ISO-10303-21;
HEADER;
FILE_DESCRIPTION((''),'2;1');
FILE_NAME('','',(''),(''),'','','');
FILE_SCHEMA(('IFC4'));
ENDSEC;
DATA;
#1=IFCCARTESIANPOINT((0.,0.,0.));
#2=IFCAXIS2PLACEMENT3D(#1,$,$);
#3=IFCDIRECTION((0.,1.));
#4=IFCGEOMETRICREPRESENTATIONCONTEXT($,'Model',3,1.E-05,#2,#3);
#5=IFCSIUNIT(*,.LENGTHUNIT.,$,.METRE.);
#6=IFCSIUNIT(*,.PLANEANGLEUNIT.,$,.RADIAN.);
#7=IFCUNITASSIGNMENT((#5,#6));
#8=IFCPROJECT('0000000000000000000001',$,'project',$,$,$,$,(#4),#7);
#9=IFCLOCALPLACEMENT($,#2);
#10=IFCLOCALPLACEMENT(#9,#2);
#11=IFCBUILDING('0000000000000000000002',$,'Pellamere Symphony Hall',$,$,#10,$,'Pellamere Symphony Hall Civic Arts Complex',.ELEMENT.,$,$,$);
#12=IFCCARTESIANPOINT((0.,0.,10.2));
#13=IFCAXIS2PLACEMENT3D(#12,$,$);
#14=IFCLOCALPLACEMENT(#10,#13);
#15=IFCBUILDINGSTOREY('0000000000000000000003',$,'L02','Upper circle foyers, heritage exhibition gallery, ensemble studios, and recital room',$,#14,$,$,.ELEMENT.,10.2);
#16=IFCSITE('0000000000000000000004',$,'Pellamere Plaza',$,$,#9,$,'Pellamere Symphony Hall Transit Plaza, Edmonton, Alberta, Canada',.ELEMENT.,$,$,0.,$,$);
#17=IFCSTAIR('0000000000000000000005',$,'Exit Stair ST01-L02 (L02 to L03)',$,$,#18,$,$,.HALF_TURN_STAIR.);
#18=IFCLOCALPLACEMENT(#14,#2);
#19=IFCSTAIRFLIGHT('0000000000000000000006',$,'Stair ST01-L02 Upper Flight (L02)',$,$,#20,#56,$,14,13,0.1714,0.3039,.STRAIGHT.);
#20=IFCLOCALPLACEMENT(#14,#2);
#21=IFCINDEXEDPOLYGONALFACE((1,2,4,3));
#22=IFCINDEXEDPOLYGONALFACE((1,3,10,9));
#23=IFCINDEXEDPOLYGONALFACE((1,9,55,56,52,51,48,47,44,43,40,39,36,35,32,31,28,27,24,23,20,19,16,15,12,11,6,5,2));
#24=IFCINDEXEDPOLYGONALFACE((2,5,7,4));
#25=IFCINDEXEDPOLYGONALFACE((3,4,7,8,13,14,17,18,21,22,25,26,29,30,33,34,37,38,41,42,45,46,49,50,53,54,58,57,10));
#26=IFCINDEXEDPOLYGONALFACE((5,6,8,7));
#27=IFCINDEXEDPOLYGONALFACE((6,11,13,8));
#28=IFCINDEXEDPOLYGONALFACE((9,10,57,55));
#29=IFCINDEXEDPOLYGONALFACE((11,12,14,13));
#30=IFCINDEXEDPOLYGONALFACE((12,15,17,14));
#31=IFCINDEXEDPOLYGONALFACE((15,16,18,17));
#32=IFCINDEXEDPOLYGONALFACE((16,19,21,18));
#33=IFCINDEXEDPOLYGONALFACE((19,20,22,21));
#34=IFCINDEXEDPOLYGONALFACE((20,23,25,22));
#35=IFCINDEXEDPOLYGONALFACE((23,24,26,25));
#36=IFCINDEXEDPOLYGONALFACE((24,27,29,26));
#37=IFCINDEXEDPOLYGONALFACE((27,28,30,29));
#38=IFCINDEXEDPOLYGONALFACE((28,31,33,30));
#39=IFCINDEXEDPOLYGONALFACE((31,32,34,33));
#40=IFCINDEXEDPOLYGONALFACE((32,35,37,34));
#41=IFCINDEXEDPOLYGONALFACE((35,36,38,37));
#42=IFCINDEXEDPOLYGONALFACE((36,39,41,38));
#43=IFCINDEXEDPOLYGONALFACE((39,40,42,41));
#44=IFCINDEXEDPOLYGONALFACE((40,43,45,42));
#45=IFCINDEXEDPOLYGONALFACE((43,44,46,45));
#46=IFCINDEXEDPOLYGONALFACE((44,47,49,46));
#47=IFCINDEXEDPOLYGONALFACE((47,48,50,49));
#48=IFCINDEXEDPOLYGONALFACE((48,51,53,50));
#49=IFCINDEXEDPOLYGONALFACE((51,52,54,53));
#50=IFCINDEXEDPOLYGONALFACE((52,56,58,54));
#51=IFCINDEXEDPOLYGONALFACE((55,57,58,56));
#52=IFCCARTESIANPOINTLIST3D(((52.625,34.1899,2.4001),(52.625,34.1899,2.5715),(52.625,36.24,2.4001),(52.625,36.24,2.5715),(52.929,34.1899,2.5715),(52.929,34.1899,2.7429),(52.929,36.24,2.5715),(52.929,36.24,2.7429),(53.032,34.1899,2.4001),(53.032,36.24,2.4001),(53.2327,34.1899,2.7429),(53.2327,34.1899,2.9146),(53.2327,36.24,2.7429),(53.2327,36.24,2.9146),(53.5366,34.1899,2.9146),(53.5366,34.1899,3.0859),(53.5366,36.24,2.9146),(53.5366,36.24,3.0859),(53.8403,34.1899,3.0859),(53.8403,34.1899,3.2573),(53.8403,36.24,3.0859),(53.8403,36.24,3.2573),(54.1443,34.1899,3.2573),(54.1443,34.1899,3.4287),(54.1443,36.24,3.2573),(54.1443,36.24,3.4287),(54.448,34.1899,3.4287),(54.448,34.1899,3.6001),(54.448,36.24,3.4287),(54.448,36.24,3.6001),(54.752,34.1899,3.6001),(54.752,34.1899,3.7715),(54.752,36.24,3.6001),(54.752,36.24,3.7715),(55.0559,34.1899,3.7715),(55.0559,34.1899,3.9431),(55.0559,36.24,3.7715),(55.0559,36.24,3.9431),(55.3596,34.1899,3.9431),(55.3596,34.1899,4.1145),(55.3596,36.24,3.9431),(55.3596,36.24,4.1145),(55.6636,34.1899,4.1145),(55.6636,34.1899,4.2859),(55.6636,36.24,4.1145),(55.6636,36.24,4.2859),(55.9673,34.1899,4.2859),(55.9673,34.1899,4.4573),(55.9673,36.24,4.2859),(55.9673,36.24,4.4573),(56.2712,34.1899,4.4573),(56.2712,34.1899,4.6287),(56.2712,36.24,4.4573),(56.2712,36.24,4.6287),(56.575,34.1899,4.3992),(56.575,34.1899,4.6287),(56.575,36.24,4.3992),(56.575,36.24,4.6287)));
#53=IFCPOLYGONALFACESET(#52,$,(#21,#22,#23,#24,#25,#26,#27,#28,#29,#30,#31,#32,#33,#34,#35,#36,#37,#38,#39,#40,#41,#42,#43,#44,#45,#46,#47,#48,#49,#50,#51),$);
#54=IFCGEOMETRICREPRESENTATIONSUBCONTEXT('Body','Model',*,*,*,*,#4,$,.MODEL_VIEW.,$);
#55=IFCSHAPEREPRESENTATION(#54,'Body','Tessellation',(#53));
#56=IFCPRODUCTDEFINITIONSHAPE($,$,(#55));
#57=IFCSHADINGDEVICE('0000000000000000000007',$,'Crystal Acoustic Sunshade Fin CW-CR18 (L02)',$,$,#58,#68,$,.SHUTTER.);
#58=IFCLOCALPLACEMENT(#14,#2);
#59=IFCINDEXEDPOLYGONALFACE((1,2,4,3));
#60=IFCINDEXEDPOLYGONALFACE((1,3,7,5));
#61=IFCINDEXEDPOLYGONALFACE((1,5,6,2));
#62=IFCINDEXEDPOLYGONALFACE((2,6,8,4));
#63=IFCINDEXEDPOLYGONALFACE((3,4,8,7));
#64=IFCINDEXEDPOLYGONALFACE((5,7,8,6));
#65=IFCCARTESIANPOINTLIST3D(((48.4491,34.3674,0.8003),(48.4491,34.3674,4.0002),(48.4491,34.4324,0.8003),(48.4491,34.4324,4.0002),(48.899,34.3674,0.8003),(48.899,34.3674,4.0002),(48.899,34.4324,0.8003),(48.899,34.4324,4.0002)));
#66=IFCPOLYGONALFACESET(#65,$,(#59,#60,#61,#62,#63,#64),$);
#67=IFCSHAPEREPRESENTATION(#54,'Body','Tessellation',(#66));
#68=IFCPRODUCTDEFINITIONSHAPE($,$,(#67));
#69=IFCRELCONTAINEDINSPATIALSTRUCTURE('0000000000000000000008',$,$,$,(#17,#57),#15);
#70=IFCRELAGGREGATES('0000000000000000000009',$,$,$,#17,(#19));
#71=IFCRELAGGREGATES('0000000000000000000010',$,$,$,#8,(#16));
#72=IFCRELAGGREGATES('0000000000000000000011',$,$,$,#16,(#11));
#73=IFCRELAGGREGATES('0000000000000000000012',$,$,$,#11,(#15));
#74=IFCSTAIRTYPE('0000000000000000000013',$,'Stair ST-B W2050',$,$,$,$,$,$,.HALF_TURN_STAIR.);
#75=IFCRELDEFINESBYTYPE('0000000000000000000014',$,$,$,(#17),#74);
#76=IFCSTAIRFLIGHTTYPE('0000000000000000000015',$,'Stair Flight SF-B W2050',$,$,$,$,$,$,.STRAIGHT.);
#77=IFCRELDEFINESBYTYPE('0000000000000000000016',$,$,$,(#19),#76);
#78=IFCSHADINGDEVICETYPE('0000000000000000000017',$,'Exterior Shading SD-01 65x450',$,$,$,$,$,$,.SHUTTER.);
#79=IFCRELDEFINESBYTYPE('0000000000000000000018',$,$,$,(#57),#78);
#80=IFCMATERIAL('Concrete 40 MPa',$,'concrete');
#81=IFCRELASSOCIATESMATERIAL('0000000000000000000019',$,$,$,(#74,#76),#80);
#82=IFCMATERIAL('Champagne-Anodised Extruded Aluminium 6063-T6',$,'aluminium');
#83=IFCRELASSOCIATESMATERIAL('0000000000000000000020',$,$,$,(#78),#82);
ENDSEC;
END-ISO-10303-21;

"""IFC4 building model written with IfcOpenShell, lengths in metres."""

from ifc_helpers import new_model, si_unit, direction, frame, origin, origin_2d, place, context, subcontext, project, spatial, polyline, rectangle, outline, extrude, material, type_object, element, aggregate, save


model = new_model("IFC4")

# Units and contexts
model_context = context("Model", 3, precision=1e-05, world=origin(), true_north=direction((0.0, 1.0)))
body_context = subcontext(model_context, "Body", "Model", "MODEL_VIEW")
ifc_project = project(units=[si_unit("LENGTHUNIT", "METRE"), si_unit("PLANEANGLEUNIT", "RADIAN")], contexts=[model_context])

# Site, building, storey
site_placement = place(None, origin())
site = spatial("IfcSite", under=ifc_project, at=site_placement, Name="Pellamere Plaza", LongName="Pellamere Symphony Hall Transit Plaza, Edmonton, Alberta, Canada", CompositionType="ELEMENT", RefElevation=0.0)
building_placement = place(site_placement, origin())
building = spatial("IfcBuilding", under=site, at=building_placement, Name="Pellamere Symphony Hall", LongName="Pellamere Symphony Hall Civic Arts Complex", CompositionType="ELEMENT")
storey_placement = place(building_placement, frame((0.0, 0.0, 10.2)))
storey = spatial("IfcBuildingStorey", under=building, at=storey_placement, Name="L02", Description="Upper circle foyers, heritage exhibition gallery, ensemble studios, and recital room", CompositionType="ELEMENT", Elevation=10.2)

# Shared definitions
ifc_material_1 = material(Name="Concrete 40 MPa", Category="concrete")

# Stair, stair flight
stair_type = type_object("IfcStairType", Name="Stair ST-B W2050", PredefinedType="HALF_TURN_STAIR", material=ifc_material_1)
stair_placement = place(storey_placement, origin())
stair = element("IfcStair", 1, at=stair_placement, inside=storey, type_object=stair_type, Name="Exit Stair ST01-L02 (L02 to L03)", PredefinedType="HALF_TURN_STAIR")
stair_flight_type = type_object("IfcStairFlightType", Name="Stair Flight SF-B W2050", PredefinedType="STRAIGHT", material=ifc_material_1)
stair_flight_placement = place(storey_placement, frame((52.625, 35.2151, 2.4001), z_axis=(0.0, 0.0, 1.0), x_axis=(1.0, 0.0, 0.0)))
stair_flight = element("IfcStairFlight", 2, at=stair_flight_placement, type_object=stair_flight_type, Name="Stair ST01-L02 Upper Flight (L02)", NumberOfRisers=14, NumberOfTreads=13, PredefinedType="STRAIGHT", RiserHeight=0.1714, TreadLength=0.3039, context=body_context, shape_type="SweptSolid", body=[
    extrude(outline(polyline([(0.0, 0.0), (0.0, 0.1714), (0.304, 0.1714), (0.304, 0.3428), (0.6077, 0.3428), (0.6077, 0.5144), (0.9116, 0.5144), (0.9116, 0.6858), (1.2153, 0.6858), (1.2153, 0.8572), (1.5193, 0.8572), (1.5193, 1.0286), (1.823, 1.0286), (1.823, 1.2), (2.127, 1.2), (2.127, 1.3713), (2.4309, 1.3713), (2.4309, 1.543), (2.7346, 1.543), (2.7346, 1.7144), (3.0386, 1.7144), (3.0386, 1.8857), (3.3423, 1.8857), (3.3423, 2.0571), (3.6462, 2.0571), (3.6462, 2.2285), (3.95, 2.2285), (3.95, 2.3999), (3.95, 1.999), (0.407, 0.0), (0.0, 0.0)])), frame((0.0, 1.0249, 0.0), z_axis=(0.0, -1.0, 0.0), x_axis=(1.0, 0.0, 0.0)), (0.0, 0.0, 1.0), 2.05),
])
aggregate(stair, [stair_flight])

# Shading device
ifc_material_2 = material(Name="Champagne-Anodised Extruded Aluminium 6063-T6", Category="aluminium")
shading_device_type = type_object("IfcShadingDeviceType", Name="Exterior Shading SD-01 65x450", PredefinedType="SHUTTER", material=ifc_material_2)
shading_device_placement = place(storey_placement, frame((48.6741, 34.3999, 0.8003), z_axis=(0.0, 0.0, 1.0), x_axis=(0.0, 1.0, 0.0)))
element("IfcShadingDevice", 3, at=shading_device_placement, inside=storey, type_object=shading_device_type, Name="Crystal Acoustic Sunshade Fin CW-CR18 (L02)", PredefinedType="SHUTTER", context=body_context, shape_type="SweptSolid", body=[
    extrude(rectangle(XDim=0.0649, YDim=0.45, at=origin_2d()), origin(), (0.0, 0.0, 1.0), 3.2),
])

save(model, "model.ifc")
